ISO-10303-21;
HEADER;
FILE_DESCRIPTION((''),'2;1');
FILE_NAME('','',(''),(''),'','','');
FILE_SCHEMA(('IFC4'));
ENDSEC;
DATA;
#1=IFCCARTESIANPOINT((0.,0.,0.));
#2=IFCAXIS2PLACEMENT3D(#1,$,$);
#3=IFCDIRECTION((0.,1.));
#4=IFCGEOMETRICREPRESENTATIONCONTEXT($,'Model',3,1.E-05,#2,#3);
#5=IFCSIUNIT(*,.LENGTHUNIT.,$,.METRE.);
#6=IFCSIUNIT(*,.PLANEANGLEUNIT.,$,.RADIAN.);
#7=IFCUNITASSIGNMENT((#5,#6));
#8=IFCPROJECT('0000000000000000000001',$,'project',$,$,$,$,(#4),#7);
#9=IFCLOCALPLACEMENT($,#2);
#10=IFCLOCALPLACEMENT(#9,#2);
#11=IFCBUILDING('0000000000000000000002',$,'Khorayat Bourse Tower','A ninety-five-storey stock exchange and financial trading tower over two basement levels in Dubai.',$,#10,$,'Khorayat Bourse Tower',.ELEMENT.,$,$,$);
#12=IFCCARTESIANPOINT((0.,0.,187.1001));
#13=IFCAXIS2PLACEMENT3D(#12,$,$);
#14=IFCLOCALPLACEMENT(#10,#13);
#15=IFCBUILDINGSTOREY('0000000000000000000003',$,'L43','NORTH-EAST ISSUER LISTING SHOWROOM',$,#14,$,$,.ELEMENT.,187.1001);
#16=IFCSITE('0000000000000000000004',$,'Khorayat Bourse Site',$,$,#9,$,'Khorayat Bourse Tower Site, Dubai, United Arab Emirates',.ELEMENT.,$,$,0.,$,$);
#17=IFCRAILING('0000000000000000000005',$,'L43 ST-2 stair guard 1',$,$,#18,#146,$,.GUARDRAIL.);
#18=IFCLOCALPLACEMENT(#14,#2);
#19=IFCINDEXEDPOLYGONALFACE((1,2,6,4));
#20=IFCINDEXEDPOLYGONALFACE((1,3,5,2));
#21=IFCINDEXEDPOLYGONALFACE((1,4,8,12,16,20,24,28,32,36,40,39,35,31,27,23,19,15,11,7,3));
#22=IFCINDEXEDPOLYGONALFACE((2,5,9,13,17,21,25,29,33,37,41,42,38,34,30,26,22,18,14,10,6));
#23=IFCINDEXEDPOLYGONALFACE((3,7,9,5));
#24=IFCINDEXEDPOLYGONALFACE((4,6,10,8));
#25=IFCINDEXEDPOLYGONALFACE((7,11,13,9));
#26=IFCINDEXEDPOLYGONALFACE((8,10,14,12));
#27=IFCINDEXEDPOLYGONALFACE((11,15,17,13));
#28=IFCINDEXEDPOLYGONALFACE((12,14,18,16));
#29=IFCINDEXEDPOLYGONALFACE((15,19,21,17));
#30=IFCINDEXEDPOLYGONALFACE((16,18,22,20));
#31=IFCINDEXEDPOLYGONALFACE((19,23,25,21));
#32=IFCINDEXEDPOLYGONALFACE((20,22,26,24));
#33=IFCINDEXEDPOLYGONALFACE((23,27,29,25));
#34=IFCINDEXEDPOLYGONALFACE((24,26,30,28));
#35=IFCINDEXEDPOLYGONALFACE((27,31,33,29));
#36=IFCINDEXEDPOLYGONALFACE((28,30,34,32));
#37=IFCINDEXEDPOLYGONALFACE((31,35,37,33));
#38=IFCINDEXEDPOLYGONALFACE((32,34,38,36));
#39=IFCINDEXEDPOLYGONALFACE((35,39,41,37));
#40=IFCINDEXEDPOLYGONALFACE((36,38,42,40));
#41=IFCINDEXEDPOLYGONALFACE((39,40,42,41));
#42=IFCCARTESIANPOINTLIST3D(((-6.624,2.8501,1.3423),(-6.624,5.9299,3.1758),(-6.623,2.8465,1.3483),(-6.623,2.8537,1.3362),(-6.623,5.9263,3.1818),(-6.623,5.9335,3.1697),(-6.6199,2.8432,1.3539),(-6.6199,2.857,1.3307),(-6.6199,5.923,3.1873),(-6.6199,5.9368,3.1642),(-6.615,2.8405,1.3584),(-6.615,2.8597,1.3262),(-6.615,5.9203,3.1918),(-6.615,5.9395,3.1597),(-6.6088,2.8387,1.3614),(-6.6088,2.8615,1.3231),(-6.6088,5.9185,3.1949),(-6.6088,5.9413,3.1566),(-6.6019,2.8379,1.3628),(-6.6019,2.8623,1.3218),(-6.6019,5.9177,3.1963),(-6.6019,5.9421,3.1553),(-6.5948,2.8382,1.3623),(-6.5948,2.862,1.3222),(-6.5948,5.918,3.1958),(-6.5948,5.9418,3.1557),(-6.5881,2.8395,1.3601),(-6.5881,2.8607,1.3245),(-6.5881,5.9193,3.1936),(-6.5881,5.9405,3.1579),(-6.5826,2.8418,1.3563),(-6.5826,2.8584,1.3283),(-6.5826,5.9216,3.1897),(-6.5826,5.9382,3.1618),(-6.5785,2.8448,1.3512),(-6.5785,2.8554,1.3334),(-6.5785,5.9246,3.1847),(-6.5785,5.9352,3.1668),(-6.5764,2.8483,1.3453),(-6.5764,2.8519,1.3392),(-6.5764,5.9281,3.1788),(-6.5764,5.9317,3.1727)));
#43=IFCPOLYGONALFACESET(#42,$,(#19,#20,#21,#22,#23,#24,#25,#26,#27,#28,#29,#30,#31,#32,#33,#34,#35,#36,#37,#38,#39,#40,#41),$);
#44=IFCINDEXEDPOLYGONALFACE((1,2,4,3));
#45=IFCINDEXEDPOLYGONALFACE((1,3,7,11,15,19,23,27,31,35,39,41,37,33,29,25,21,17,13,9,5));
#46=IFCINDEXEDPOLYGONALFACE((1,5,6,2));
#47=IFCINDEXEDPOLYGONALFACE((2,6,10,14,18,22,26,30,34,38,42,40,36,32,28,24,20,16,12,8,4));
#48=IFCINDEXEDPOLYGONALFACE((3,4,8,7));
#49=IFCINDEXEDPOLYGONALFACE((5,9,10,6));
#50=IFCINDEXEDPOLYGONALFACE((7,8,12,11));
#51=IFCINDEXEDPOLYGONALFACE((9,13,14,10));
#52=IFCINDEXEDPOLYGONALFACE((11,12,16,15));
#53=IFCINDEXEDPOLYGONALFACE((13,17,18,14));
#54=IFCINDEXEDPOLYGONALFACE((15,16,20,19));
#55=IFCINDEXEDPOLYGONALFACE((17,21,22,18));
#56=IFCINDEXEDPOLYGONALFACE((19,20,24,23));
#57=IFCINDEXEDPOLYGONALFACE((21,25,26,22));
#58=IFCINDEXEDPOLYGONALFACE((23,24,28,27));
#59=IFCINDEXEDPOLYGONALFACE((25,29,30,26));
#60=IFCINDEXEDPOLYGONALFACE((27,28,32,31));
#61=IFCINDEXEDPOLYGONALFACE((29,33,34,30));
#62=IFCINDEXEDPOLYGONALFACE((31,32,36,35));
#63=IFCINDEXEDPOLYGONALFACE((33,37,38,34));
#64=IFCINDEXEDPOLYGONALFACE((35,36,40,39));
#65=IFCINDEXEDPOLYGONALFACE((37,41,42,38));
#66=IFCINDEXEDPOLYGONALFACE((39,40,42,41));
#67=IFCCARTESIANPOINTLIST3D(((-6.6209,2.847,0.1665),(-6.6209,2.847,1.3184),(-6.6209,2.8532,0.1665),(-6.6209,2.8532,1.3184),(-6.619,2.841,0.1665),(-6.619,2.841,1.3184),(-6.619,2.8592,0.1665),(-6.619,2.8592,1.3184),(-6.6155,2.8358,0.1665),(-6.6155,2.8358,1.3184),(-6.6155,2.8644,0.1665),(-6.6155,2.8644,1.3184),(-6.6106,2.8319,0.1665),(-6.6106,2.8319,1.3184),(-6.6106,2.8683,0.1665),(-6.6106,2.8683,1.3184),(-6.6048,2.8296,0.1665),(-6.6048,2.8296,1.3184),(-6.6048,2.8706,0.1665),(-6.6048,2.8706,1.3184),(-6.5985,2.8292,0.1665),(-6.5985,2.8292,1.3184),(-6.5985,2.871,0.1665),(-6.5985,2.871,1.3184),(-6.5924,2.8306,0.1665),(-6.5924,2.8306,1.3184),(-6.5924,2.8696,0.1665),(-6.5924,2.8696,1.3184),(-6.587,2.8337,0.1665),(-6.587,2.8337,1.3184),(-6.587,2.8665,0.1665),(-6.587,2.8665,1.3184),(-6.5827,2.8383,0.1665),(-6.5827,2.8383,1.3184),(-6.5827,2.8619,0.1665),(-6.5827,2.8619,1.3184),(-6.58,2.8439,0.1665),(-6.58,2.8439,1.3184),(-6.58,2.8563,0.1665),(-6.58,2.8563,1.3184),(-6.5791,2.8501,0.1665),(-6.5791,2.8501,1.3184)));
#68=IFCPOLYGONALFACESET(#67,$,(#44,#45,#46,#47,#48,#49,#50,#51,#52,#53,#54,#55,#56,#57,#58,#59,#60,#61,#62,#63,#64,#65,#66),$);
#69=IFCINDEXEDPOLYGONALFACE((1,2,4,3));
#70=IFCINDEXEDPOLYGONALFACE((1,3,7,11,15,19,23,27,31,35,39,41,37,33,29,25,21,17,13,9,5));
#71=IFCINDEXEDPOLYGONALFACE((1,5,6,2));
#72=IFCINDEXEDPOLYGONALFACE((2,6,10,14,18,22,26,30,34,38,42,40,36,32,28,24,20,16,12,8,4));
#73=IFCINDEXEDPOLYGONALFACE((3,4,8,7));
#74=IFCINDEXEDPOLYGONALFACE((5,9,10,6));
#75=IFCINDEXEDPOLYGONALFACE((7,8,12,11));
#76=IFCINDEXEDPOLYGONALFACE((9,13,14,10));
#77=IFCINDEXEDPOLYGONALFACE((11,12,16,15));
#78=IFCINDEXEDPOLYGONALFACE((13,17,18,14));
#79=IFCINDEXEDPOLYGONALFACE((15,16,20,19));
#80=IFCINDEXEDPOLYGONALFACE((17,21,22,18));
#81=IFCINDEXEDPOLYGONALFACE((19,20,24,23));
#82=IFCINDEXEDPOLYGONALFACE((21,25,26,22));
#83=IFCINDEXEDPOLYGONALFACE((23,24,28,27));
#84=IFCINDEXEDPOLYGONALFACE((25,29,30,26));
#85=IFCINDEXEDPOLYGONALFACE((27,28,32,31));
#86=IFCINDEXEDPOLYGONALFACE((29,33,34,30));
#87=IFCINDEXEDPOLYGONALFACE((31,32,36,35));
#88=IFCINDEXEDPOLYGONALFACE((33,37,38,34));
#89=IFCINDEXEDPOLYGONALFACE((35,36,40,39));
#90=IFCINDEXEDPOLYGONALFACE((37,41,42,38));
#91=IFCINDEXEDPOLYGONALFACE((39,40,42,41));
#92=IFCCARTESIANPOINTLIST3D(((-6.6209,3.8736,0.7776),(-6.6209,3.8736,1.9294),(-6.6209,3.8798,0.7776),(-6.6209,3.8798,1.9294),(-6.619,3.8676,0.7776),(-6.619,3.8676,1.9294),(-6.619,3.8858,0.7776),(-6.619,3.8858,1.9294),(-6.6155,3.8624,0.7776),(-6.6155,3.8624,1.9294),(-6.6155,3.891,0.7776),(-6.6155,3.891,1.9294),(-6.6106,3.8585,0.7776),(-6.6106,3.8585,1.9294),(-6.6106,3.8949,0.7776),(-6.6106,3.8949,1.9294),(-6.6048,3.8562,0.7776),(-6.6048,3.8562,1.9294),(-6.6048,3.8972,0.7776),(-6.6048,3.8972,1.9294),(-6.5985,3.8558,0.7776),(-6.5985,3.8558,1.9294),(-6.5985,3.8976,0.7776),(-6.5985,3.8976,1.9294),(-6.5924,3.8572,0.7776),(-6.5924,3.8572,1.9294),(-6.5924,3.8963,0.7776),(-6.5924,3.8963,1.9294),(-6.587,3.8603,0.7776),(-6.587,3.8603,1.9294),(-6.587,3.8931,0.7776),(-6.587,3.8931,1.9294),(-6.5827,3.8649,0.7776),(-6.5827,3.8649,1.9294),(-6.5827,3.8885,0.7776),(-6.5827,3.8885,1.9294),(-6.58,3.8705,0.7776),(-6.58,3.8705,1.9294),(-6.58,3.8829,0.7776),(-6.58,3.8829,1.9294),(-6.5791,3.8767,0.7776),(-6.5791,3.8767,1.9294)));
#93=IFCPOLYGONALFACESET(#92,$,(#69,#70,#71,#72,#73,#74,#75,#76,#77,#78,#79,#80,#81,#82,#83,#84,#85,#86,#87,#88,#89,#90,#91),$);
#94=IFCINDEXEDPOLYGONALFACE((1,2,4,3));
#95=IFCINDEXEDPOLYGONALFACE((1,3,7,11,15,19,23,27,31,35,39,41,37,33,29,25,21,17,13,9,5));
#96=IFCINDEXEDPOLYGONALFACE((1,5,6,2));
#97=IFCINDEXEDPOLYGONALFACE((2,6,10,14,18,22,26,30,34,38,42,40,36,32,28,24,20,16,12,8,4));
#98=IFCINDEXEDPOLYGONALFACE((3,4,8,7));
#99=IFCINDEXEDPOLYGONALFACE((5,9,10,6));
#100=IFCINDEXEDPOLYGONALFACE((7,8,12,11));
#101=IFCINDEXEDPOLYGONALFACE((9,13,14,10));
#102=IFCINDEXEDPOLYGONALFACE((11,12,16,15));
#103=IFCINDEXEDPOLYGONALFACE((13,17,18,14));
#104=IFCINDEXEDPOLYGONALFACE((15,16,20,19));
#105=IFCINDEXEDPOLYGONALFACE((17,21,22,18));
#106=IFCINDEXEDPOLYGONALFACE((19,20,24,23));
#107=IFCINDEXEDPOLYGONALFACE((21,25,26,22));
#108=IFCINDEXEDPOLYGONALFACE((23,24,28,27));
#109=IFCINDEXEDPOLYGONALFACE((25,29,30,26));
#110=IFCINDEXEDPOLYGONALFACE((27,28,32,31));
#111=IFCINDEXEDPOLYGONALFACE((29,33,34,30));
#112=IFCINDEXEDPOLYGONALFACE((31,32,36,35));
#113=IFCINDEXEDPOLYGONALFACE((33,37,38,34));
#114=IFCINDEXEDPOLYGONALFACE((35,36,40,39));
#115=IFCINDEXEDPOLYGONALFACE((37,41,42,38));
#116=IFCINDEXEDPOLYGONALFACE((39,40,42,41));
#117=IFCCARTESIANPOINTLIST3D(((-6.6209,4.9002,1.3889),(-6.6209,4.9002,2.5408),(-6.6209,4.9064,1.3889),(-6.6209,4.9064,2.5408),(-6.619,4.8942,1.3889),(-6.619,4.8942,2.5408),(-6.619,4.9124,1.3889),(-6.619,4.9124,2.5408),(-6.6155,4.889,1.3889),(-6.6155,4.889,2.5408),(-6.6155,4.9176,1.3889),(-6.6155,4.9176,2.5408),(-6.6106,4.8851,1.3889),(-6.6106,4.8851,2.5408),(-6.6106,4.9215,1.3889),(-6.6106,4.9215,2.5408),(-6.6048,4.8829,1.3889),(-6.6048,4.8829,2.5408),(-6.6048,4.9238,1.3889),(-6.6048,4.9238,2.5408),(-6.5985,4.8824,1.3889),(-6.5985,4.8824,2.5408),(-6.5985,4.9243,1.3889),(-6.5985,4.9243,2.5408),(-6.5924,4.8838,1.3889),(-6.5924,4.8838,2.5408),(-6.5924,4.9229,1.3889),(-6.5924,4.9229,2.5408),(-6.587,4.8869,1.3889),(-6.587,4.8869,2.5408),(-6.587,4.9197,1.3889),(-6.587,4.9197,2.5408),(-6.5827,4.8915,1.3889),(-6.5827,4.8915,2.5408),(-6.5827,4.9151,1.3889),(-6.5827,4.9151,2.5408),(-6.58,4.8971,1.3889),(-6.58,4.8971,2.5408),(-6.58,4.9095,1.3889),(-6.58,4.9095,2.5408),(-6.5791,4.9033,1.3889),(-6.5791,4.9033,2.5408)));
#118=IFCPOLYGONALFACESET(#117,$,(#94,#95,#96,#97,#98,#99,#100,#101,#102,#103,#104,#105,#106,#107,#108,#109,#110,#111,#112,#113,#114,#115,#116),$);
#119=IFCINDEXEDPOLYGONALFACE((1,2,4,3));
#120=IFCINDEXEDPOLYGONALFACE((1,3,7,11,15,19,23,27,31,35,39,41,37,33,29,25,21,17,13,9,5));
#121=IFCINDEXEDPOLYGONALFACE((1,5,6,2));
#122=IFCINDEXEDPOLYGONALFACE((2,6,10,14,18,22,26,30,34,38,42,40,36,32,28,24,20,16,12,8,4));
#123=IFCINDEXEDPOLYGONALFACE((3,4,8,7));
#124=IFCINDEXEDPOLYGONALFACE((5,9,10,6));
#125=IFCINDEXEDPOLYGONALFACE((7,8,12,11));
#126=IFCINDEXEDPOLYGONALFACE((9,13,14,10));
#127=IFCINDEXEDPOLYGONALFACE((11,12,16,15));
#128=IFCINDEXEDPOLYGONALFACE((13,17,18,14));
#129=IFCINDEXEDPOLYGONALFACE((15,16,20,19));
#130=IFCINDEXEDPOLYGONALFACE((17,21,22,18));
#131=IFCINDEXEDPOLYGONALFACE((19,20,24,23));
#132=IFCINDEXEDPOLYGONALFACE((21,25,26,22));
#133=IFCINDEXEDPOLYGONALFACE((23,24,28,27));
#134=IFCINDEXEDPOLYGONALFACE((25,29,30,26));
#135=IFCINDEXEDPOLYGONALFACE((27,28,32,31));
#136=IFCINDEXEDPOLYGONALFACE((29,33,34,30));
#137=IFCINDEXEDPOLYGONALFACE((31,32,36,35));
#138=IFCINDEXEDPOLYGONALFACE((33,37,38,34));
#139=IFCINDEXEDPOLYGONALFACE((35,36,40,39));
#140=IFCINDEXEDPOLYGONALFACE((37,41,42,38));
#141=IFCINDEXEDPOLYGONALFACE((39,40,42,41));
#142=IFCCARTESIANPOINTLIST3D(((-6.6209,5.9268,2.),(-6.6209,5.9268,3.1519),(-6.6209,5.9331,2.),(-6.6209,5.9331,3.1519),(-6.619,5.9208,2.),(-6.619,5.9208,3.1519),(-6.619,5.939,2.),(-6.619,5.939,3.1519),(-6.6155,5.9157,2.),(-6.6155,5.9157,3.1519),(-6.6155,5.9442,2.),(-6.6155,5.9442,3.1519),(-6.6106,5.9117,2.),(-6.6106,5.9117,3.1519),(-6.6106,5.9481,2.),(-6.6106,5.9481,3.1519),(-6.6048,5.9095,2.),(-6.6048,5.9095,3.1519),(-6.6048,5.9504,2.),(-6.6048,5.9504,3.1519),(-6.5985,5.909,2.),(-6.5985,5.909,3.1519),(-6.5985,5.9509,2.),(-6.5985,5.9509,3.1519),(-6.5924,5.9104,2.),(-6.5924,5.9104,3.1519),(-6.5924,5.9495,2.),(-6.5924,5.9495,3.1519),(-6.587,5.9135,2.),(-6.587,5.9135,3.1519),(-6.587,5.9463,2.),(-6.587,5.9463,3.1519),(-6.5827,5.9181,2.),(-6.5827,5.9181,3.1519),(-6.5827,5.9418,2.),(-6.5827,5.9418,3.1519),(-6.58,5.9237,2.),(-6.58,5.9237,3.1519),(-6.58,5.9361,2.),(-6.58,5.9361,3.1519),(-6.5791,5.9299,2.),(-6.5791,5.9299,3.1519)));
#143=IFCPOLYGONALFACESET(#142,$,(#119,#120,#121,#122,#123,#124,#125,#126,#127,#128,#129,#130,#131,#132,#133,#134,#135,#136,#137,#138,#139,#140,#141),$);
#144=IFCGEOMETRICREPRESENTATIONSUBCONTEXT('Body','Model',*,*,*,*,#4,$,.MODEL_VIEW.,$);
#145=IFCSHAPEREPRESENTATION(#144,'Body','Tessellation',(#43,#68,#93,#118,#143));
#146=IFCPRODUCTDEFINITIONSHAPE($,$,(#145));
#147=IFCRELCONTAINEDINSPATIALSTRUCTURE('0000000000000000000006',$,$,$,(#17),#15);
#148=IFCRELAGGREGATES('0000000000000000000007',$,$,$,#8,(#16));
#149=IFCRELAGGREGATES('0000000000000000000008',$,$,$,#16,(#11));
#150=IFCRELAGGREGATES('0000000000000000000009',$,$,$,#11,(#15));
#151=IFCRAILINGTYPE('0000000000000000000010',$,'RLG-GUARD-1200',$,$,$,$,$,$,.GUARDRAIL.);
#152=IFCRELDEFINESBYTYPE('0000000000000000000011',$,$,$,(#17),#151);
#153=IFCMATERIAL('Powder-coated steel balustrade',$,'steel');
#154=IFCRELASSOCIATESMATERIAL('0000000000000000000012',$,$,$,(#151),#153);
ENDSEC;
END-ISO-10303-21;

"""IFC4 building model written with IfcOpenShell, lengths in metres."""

from ifc_helpers import new_model, si_unit, direction, frame, origin, origin_2d, place, context, subcontext, project, spatial, circle, extrude, source, transform, mapped, material, type_object, element, save


model = new_model("IFC4")

# Units and contexts
model_context = context("Model", 3, precision=1e-05, world=origin(), true_north=direction((0.0, 1.0)))
body_context = subcontext(model_context, "Body", "Model", "MODEL_VIEW")
ifc_project = project(units=[si_unit("LENGTHUNIT", "METRE"), si_unit("PLANEANGLEUNIT", "RADIAN")], contexts=[model_context])

# Site, building, storey
site_placement = place(None, origin())
site = spatial("IfcSite", under=ifc_project, at=site_placement, Name="Khorayat Bourse Site", LongName="Khorayat Bourse Tower Site, Dubai, United Arab Emirates", CompositionType="ELEMENT", RefElevation=0.0)
building_placement = place(site_placement, origin())
building = spatial("IfcBuilding", under=site, at=building_placement, Name="Khorayat Bourse Tower", Description="A ninety-five-storey stock exchange and financial trading tower over two basement levels in Dubai.", LongName="Khorayat Bourse Tower", CompositionType="ELEMENT")
storey_placement = place(building_placement, frame((0.0, 0.0, 187.1001)))
storey = spatial("IfcBuildingStorey", under=building, at=storey_placement, Name="L43", Description="NORTH-EAST ISSUER LISTING SHOWROOM", CompositionType="ELEMENT", Elevation=187.1001)

# Railing
ifc_material_1 = material(Name="Powder-coated steel balustrade", Category="steel")
railing_type_1 = type_object("IfcRailingType", Name="RLG-GUARD-1200", PredefinedType="GUARDRAIL", material=ifc_material_1)
shared_shape_1 = source(origin(), body_context, "Body", "SweptSolid", [
    extrude(circle(Radius=0.0239, at=origin_2d()), frame((0.0, 0.0, 1.1758), z_axis=(0.0, 0.859261, 0.511538), x_axis=(-1.0, 0.0, 0.0)), (0.0, 0.0, 1.0), 3.5842),
    extrude(circle(Radius=0.021, at=origin_2d()), origin(), (0.0, 0.0, 1.0), 1.1519),
    extrude(circle(Radius=0.021, at=origin_2d()), frame((0.0, 1.0266, 0.6111)), (0.0, 0.0, 1.0), 1.1519),
    extrude(circle(Radius=0.021, at=origin_2d()), frame((0.0, 2.0532, 1.2224)), (0.0, 0.0, 1.0), 1.1519),
    extrude(circle(Radius=0.021, at=origin_2d()), frame((0.0, 3.0798, 1.8335)), (0.0, 0.0, 1.0), 1.1519),
])
railing_1_placement = place(storey_placement, frame((-6.6001, 2.8501, 0.1665)))
element("IfcRailing", 1, at=railing_1_placement, inside=storey, type_object=railing_type_1, Name="L43 ST-2 stair guard 1", PredefinedType="GUARDRAIL", context=body_context, shape_type="MappedRepresentation", body=[
    mapped(shared_shape_1, transform((0.0, 0.0, 0.0), scale=1.0)),
])

save(model, "model.ifc")
